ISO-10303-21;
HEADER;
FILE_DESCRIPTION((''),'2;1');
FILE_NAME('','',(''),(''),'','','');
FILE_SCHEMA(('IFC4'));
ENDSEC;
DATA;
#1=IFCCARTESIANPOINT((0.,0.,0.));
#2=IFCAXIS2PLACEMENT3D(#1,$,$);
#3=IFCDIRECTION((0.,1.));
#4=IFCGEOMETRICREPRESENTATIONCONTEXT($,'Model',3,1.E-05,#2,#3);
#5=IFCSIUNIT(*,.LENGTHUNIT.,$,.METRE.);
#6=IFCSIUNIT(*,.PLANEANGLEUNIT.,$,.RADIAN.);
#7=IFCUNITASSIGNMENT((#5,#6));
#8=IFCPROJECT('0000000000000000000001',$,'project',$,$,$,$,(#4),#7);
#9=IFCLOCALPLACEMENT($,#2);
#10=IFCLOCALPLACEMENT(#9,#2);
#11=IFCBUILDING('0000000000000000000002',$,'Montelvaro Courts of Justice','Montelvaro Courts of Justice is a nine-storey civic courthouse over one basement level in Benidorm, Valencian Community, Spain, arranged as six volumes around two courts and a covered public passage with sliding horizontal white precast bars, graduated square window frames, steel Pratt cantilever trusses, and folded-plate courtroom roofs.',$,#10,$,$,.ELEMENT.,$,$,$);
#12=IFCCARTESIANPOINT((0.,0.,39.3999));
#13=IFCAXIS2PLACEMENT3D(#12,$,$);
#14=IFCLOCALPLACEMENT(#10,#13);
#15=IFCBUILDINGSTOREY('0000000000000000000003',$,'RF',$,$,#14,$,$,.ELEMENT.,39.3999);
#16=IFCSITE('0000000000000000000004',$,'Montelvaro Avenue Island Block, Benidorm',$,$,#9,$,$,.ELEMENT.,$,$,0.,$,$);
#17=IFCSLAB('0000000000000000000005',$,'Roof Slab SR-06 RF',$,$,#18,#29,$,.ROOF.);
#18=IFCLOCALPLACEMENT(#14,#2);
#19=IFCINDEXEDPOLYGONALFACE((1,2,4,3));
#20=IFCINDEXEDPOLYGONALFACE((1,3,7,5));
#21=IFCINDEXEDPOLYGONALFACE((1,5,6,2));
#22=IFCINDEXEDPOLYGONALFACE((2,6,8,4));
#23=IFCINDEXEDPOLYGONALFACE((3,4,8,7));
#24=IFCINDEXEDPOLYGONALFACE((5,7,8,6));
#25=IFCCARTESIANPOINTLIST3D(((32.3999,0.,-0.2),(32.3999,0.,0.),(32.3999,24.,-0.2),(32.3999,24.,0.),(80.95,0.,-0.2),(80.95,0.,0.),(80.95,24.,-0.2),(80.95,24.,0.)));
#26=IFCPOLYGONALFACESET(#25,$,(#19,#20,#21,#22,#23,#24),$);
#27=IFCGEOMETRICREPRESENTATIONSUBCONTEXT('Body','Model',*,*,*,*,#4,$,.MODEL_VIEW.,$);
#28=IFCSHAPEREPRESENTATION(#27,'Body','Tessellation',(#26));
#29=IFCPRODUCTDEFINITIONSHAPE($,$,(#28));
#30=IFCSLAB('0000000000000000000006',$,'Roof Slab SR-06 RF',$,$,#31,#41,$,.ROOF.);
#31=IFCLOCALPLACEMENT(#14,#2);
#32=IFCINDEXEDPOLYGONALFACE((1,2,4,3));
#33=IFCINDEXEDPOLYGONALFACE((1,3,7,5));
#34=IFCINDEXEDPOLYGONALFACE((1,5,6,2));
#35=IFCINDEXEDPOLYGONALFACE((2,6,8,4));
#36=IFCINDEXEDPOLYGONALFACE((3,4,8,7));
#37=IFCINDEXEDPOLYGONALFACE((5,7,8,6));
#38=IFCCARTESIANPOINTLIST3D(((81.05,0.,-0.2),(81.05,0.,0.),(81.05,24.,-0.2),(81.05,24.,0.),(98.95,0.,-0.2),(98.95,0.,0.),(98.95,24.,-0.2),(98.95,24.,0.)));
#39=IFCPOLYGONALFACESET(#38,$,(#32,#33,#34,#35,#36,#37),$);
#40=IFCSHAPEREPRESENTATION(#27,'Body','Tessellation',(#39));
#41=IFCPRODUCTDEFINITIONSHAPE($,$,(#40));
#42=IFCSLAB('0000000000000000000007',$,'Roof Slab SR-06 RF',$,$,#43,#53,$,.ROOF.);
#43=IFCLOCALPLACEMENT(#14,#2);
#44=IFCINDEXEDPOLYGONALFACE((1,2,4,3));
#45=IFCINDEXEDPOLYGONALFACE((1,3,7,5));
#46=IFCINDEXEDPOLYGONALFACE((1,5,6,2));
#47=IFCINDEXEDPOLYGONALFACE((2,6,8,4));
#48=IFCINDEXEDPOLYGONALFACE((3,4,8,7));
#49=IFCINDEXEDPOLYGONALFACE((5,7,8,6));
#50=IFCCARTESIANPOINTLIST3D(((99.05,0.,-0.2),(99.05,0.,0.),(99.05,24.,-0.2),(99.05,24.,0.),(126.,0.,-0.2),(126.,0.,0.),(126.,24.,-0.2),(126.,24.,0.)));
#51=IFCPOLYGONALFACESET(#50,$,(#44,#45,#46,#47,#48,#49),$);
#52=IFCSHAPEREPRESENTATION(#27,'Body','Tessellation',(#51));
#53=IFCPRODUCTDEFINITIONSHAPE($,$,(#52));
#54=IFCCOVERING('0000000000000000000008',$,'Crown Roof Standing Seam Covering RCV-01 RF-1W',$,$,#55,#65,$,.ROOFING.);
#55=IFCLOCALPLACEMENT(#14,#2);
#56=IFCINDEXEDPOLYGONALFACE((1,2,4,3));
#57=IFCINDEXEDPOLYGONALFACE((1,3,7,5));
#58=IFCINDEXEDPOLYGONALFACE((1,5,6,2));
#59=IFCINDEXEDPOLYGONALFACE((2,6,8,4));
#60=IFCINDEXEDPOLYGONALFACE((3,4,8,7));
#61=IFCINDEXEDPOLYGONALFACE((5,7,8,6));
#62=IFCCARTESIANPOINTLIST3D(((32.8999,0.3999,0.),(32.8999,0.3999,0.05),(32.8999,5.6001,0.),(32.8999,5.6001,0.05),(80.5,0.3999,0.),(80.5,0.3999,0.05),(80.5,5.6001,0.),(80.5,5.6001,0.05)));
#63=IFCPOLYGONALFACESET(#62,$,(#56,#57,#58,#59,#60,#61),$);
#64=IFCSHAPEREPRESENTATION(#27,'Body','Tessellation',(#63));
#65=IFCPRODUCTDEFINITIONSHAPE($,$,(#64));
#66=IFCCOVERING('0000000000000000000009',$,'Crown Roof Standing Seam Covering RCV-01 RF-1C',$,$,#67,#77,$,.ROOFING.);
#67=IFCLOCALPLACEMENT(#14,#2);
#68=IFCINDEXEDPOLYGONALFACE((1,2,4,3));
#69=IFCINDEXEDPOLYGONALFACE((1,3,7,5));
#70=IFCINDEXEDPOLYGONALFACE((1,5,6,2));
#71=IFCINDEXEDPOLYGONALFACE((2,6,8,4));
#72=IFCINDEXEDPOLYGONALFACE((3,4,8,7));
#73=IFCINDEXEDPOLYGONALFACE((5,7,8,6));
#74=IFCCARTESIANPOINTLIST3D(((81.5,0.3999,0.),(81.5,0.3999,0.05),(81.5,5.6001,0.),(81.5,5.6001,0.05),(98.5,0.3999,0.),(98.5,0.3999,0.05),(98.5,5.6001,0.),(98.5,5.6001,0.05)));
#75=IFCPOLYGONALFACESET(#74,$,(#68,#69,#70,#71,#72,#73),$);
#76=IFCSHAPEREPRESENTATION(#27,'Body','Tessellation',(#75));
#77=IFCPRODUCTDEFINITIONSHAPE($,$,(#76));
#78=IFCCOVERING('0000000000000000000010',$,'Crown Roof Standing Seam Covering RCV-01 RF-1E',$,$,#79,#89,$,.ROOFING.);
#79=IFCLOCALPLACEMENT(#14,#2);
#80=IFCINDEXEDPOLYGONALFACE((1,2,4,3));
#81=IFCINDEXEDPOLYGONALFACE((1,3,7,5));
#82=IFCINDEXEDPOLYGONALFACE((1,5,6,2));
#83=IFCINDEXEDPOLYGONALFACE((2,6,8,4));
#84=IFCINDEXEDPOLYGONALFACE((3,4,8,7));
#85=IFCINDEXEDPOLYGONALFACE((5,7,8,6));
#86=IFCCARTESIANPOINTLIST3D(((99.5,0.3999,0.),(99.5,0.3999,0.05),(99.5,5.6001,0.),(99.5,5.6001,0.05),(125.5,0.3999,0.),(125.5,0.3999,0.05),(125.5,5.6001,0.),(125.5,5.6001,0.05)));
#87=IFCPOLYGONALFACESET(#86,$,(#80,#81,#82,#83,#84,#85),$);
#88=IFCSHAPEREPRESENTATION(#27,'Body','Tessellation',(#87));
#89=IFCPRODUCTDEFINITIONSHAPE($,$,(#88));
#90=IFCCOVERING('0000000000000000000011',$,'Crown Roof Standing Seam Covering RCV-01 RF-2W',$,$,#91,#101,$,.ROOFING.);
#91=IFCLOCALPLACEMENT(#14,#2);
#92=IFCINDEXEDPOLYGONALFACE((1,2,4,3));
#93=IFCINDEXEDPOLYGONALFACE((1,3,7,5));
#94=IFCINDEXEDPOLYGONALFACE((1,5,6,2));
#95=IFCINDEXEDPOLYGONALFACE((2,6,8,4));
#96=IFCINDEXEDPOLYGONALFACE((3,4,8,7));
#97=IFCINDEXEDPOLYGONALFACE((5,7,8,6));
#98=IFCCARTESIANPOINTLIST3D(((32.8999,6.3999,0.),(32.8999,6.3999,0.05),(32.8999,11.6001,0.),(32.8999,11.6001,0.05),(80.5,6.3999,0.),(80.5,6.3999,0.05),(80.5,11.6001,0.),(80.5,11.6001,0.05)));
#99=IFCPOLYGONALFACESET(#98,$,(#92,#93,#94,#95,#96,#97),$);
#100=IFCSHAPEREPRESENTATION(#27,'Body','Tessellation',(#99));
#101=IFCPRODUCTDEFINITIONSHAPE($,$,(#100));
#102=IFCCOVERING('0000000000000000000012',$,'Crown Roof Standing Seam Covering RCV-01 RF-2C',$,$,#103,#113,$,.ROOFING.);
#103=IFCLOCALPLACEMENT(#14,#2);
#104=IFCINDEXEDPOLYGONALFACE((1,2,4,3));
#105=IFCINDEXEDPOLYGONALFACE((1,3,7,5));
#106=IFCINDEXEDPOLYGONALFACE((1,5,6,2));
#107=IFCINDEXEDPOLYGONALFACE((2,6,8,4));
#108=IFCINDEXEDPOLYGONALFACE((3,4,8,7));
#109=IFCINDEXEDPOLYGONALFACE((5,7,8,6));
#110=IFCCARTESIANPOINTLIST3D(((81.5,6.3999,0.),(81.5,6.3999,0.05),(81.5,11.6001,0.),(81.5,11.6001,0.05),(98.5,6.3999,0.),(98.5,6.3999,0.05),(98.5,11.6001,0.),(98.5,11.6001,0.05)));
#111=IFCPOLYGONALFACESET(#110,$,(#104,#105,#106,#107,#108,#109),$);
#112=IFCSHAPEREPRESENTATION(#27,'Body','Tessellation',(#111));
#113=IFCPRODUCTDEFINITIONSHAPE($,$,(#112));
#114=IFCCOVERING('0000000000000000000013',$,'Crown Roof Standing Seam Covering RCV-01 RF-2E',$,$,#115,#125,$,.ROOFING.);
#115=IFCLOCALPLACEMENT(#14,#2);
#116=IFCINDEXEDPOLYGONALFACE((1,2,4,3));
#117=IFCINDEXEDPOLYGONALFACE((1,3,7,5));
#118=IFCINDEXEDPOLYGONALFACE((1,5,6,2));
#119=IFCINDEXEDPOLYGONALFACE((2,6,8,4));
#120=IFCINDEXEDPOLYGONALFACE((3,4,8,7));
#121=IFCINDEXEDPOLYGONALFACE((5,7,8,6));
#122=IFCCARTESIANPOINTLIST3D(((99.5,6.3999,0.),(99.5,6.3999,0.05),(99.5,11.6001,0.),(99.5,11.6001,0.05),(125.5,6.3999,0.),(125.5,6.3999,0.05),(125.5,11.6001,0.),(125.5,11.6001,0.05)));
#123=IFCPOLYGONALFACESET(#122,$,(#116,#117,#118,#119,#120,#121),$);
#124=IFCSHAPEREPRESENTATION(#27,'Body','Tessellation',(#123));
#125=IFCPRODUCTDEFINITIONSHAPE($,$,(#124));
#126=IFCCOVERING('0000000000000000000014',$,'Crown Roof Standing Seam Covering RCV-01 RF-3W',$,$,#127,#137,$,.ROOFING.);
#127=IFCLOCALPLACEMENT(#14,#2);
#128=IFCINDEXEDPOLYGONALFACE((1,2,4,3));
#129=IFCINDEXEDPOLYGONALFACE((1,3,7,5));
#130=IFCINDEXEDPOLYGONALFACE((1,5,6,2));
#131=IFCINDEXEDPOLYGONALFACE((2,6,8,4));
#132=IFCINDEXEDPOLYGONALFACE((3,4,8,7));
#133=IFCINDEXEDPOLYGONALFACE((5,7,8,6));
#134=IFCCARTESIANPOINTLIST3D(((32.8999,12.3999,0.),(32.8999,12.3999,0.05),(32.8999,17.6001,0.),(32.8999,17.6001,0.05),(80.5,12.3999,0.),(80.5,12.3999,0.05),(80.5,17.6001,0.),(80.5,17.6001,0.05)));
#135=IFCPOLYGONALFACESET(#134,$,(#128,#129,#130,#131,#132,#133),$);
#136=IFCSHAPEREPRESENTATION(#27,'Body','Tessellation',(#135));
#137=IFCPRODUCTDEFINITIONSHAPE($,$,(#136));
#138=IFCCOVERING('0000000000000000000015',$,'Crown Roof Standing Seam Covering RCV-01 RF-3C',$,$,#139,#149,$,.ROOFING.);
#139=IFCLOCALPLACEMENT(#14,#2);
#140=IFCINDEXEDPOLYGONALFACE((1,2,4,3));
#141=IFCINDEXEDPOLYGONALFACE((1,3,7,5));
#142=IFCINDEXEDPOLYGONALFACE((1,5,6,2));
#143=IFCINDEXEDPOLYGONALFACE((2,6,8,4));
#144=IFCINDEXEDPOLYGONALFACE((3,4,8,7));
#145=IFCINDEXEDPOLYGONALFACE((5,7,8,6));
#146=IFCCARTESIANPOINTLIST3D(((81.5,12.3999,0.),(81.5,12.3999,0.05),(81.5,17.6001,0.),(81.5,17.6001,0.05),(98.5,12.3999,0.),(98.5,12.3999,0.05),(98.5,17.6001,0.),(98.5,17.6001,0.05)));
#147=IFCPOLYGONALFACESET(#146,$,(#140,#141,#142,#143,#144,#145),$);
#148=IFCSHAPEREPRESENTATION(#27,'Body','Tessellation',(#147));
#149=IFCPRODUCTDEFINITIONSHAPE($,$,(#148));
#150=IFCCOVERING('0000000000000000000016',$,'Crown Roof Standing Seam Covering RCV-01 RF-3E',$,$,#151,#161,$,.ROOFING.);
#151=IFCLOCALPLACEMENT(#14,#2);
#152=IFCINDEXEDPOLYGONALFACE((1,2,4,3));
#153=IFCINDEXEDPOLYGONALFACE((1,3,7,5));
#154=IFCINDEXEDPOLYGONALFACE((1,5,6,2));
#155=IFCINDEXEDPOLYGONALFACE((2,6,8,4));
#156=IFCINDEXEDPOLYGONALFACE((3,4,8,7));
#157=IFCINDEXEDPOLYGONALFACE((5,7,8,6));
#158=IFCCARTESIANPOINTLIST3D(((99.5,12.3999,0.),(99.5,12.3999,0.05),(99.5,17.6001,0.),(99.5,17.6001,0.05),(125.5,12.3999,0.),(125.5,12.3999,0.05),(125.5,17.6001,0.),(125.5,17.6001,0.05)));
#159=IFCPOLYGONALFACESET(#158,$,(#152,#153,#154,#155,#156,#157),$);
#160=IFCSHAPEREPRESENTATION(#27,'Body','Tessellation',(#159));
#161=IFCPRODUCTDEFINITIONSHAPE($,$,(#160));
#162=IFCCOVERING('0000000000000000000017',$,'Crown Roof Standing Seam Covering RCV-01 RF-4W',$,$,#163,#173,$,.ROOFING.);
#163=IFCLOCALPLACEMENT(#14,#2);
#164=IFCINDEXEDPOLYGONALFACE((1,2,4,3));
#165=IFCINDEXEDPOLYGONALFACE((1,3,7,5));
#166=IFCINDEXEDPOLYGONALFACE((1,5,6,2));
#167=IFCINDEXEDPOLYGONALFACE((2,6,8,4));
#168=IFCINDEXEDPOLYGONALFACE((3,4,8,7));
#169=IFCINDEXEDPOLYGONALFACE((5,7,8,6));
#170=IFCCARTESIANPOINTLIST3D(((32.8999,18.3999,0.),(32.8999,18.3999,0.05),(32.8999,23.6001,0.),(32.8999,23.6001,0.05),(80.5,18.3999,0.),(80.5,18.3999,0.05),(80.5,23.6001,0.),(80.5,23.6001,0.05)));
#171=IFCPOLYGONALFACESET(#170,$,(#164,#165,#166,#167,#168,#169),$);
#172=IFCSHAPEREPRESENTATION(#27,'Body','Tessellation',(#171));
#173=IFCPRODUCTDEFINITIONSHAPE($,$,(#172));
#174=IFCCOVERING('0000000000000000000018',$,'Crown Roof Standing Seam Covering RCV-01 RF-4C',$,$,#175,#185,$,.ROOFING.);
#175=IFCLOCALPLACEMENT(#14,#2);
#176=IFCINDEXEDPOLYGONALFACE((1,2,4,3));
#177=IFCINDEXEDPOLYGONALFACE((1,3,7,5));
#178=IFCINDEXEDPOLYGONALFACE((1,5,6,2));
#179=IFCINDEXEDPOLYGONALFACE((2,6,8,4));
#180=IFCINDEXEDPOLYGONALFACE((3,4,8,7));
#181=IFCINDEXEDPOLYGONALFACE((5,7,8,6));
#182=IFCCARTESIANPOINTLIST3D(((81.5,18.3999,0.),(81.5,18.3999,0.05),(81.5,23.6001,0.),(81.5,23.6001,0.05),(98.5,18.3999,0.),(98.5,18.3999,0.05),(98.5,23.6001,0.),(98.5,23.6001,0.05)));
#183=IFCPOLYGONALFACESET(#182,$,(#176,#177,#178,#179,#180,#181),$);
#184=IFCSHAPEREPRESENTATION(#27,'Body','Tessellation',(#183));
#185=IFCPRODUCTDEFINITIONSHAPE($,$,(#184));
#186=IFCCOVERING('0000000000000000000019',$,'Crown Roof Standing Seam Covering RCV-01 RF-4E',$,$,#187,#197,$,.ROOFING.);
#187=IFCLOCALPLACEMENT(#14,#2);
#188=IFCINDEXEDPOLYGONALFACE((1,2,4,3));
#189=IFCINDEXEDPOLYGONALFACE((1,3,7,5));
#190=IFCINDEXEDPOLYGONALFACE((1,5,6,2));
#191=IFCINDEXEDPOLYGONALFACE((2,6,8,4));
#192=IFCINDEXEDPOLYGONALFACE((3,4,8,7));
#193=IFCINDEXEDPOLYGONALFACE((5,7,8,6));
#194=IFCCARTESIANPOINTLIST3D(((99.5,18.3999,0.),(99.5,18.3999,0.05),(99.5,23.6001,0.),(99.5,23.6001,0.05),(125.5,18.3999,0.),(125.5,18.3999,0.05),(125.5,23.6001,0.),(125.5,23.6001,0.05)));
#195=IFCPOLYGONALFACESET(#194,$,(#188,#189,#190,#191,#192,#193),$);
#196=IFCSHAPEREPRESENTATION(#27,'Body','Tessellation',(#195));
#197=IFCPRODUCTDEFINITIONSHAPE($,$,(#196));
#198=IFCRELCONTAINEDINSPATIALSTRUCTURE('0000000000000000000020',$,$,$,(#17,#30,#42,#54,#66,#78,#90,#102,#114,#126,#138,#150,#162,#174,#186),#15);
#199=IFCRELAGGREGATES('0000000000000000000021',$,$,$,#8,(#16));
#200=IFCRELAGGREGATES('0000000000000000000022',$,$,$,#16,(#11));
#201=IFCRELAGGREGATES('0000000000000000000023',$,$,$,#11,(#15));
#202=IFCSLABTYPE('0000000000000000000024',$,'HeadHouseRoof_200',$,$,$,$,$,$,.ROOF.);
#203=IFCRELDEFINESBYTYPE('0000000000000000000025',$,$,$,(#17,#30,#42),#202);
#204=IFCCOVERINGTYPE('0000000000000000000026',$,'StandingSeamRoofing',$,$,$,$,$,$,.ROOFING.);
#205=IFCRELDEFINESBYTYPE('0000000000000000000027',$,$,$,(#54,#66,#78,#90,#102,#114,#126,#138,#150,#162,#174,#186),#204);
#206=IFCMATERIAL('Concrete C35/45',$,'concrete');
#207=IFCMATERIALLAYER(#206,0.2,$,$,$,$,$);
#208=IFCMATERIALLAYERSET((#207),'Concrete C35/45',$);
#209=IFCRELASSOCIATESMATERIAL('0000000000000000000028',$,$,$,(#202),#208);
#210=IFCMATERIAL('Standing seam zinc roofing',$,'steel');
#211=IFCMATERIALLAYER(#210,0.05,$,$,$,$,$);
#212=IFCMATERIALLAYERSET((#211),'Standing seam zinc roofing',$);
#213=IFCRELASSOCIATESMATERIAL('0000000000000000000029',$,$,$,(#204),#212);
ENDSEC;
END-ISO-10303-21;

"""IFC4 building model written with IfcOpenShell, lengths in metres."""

from ifc_helpers import new_model, si_unit, direction, frame, origin, place, context, subcontext, project, spatial, polyline, outline, extrude, material, layer, layer_set, type_object, element, save


model = new_model("IFC4")

# Units and contexts
model_context = context("Model", 3, precision=1e-05, world=origin(), true_north=direction((0.0, 1.0)))
body_context = subcontext(model_context, "Body", "Model", "MODEL_VIEW")
ifc_project = project(units=[si_unit("LENGTHUNIT", "METRE"), si_unit("PLANEANGLEUNIT", "RADIAN")], contexts=[model_context])

# Site, building, storey
site_placement = place(None, origin())
site = spatial("IfcSite", under=ifc_project, at=site_placement, Name="Montelvaro Avenue Island Block, Benidorm", CompositionType="ELEMENT", RefElevation=0.0)
building_placement = place(site_placement, origin())
building = spatial("IfcBuilding", under=site, at=building_placement, Name="Montelvaro Courts of Justice", Description="Montelvaro Courts of Justice is a nine-storey civic courthouse over one basement level in Benidorm, Valencian Community, Spain, arranged as six volumes around two courts and a covered public passage with sliding horizontal white precast bars, graduated square window frames, steel Pratt cantilever trusses, and folded-plate courtroom roofs.", CompositionType="ELEMENT")
storey_placement = place(building_placement, frame((0.0, 0.0, 39.3999)))
storey = spatial("IfcBuildingStorey", under=building, at=storey_placement, Name="RF", CompositionType="ELEMENT", Elevation=39.3999)

# Slabs
ifc_material_1 = material(Name="Concrete C35/45", Category="concrete")
ifc_layer_1 = layer(ifc_material_1, 0.2)
ifc_layer_set_1 = layer_set([ifc_layer_1], Name="Concrete C35/45")
slab_type = type_object("IfcSlabType", Name="HeadHouseRoof_200", PredefinedType="ROOF", material=ifc_layer_set_1)
slab_1_placement = place(storey_placement, frame((0.0, 0.0, -0.2)))
element("IfcSlab", 1, at=slab_1_placement, inside=storey, type_object=slab_type, Name="Roof Slab SR-06 RF", PredefinedType="ROOF", context=body_context, shape_type="SweptSolid", body=[
    extrude(outline(polyline([(32.3999, 0.0), (80.95, 0.0), (80.95, 24.0), (32.3999, 24.0), (32.3999, 0.0)])), origin(), (0.0, 0.0, 1.0), 0.2),
])
slab_2_placement = place(storey_placement, frame((0.0, 0.0, -0.2)))
element("IfcSlab", 2, at=slab_2_placement, inside=storey, type_object=slab_type, Name="Roof Slab SR-06 RF", PredefinedType="ROOF", context=body_context, shape_type="SweptSolid", body=[
    extrude(outline(polyline([(81.05, 0.0), (98.95, 0.0), (98.95, 24.0), (81.05, 24.0), (81.05, 0.0)])), origin(), (0.0, 0.0, 1.0), 0.2),
])
slab_3_placement = place(storey_placement, frame((0.0, 0.0, -0.2)))
element("IfcSlab", 3, at=slab_3_placement, inside=storey, type_object=slab_type, Name="Roof Slab SR-06 RF", PredefinedType="ROOF", context=body_context, shape_type="SweptSolid", body=[
    extrude(outline(polyline([(99.05, 0.0), (126.0, 0.0), (126.0, 24.0), (99.05, 24.0), (99.05, 0.0)])), origin(), (0.0, 0.0, 1.0), 0.2),
])

# Coverings
ifc_material_2 = material(Name="Standing seam zinc roofing", Category="steel")
ifc_layer_2 = layer(ifc_material_2, 0.05)
ifc_layer_set_2 = layer_set([ifc_layer_2], Name="Standing seam zinc roofing")
covering_type = type_object("IfcCoveringType", Name="StandingSeamRoofing", PredefinedType="ROOFING", material=ifc_layer_set_2)
covering_1_placement = place(storey_placement, origin())
element("IfcCovering", 4, at=covering_1_placement, inside=storey, type_object=covering_type, Name="Crown Roof Standing Seam Covering RCV-01 RF-1W", PredefinedType="ROOFING", context=body_context, shape_type="SweptSolid", body=[
    extrude(outline(polyline([(32.8999, 0.3999), (80.5, 0.3999), (80.5, 5.6001), (32.8999, 5.6001), (32.8999, 0.3999)])), origin(), (0.0, 0.0, 1.0), 0.05),
])
covering_2_placement = place(storey_placement, origin())
element("IfcCovering", 5, at=covering_2_placement, inside=storey, type_object=covering_type, Name="Crown Roof Standing Seam Covering RCV-01 RF-1C", PredefinedType="ROOFING", context=body_context, shape_type="SweptSolid", body=[
    extrude(outline(polyline([(81.5, 0.3999), (98.5, 0.3999), (98.5, 5.6001), (81.5, 5.6001), (81.5, 0.3999)])), origin(), (0.0, 0.0, 1.0), 0.05),
])
covering_3_placement = place(storey_placement, origin())
element("IfcCovering", 6, at=covering_3_placement, inside=storey, type_object=covering_type, Name="Crown Roof Standing Seam Covering RCV-01 RF-1E", PredefinedType="ROOFING", context=body_context, shape_type="SweptSolid", body=[
    extrude(outline(polyline([(99.5, 0.3999), (125.5, 0.3999), (125.5, 5.6001), (99.5, 5.6001), (99.5, 0.3999)])), origin(), (0.0, 0.0, 1.0), 0.05),
])
covering_4_placement = place(storey_placement, origin())
element("IfcCovering", 7, at=covering_4_placement, inside=storey, type_object=covering_type, Name="Crown Roof Standing Seam Covering RCV-01 RF-2W", PredefinedType="ROOFING", context=body_context, shape_type="SweptSolid", body=[
    extrude(outline(polyline([(32.8999, 6.3999), (80.5, 6.3999), (80.5, 11.6001), (32.8999, 11.6001), (32.8999, 6.3999)])), origin(), (0.0, 0.0, 1.0), 0.05),
])
covering_5_placement = place(storey_placement, origin())
element("IfcCovering", 8, at=covering_5_placement, inside=storey, type_object=covering_type, Name="Crown Roof Standing Seam Covering RCV-01 RF-2C", PredefinedType="ROOFING", context=body_context, shape_type="SweptSolid", body=[
    extrude(outline(polyline([(81.5, 6.3999), (98.5, 6.3999), (98.5, 11.6001), (81.5, 11.6001), (81.5, 6.3999)])), origin(), (0.0, 0.0, 1.0), 0.05),
])
covering_6_placement = place(storey_placement, origin())
element("IfcCovering", 9, at=covering_6_placement, inside=storey, type_object=covering_type, Name="Crown Roof Standing Seam Covering RCV-01 RF-2E", PredefinedType="ROOFING", context=body_context, shape_type="SweptSolid", body=[
    extrude(outline(polyline([(99.5, 6.3999), (125.5, 6.3999), (125.5, 11.6001), (99.5, 11.6001), (99.5, 6.3999)])), origin(), (0.0, 0.0, 1.0), 0.05),
])
covering_7_placement = place(storey_placement, origin())
element("IfcCovering", 10, at=covering_7_placement, inside=storey, type_object=covering_type, Name="Crown Roof Standing Seam Covering RCV-01 RF-3W", PredefinedType="ROOFING", context=body_context, shape_type="SweptSolid", body=[
    extrude(outline(polyline([(32.8999, 12.3999), (80.5, 12.3999), (80.5, 17.6001), (32.8999, 17.6001), (32.8999, 12.3999)])), origin(), (0.0, 0.0, 1.0), 0.05),
])
covering_8_placement = place(storey_placement, origin())
element("IfcCovering", 11, at=covering_8_placement, inside=storey, type_object=covering_type, Name="Crown Roof Standing Seam Covering RCV-01 RF-3C", PredefinedType="ROOFING", context=body_context, shape_type="SweptSolid", body=[
    extrude(outline(polyline([(81.5, 12.3999), (98.5, 12.3999), (98.5, 17.6001), (81.5, 17.6001), (81.5, 12.3999)])), origin(), (0.0, 0.0, 1.0), 0.05),
])
covering_9_placement = place(storey_placement, origin())
element("IfcCovering", 12, at=covering_9_placement, inside=storey, type_object=covering_type, Name="Crown Roof Standing Seam Covering RCV-01 RF-3E", PredefinedType="ROOFING", context=body_context, shape_type="SweptSolid", body=[
    extrude(outline(polyline([(99.5, 12.3999), (125.5, 12.3999), (125.5, 17.6001), (99.5, 17.6001), (99.5, 12.3999)])), origin(), (0.0, 0.0, 1.0), 0.05),
])
covering_10_placement = place(storey_placement, origin())
element("IfcCovering", 13, at=covering_10_placement, inside=storey, type_object=covering_type, Name="Crown Roof Standing Seam Covering RCV-01 RF-4W", PredefinedType="ROOFING", context=body_context, shape_type="SweptSolid", body=[
    extrude(outline(polyline([(32.8999, 18.3999), (80.5, 18.3999), (80.5, 23.6001), (32.8999, 23.6001), (32.8999, 18.3999)])), origin(), (0.0, 0.0, 1.0), 0.05),
])
covering_11_placement = place(storey_placement, origin())
element("IfcCovering", 14, at=covering_11_placement, inside=storey, type_object=covering_type, Name="Crown Roof Standing Seam Covering RCV-01 RF-4C", PredefinedType="ROOFING", context=body_context, shape_type="SweptSolid", body=[
    extrude(outline(polyline([(81.5, 18.3999), (98.5, 18.3999), (98.5, 23.6001), (81.5, 23.6001), (81.5, 18.3999)])), origin(), (0.0, 0.0, 1.0), 0.05),
])
covering_12_placement = place(storey_placement, origin())
element("IfcCovering", 15, at=covering_12_placement, inside=storey, type_object=covering_type, Name="Crown Roof Standing Seam Covering RCV-01 RF-4E", PredefinedType="ROOFING", context=body_context, shape_type="SweptSolid", body=[
    extrude(outline(polyline([(99.5, 18.3999), (125.5, 18.3999), (125.5, 23.6001), (99.5, 23.6001), (99.5, 18.3999)])), origin(), (0.0, 0.0, 1.0), 0.05),
])

save(model, "model.ifc")
